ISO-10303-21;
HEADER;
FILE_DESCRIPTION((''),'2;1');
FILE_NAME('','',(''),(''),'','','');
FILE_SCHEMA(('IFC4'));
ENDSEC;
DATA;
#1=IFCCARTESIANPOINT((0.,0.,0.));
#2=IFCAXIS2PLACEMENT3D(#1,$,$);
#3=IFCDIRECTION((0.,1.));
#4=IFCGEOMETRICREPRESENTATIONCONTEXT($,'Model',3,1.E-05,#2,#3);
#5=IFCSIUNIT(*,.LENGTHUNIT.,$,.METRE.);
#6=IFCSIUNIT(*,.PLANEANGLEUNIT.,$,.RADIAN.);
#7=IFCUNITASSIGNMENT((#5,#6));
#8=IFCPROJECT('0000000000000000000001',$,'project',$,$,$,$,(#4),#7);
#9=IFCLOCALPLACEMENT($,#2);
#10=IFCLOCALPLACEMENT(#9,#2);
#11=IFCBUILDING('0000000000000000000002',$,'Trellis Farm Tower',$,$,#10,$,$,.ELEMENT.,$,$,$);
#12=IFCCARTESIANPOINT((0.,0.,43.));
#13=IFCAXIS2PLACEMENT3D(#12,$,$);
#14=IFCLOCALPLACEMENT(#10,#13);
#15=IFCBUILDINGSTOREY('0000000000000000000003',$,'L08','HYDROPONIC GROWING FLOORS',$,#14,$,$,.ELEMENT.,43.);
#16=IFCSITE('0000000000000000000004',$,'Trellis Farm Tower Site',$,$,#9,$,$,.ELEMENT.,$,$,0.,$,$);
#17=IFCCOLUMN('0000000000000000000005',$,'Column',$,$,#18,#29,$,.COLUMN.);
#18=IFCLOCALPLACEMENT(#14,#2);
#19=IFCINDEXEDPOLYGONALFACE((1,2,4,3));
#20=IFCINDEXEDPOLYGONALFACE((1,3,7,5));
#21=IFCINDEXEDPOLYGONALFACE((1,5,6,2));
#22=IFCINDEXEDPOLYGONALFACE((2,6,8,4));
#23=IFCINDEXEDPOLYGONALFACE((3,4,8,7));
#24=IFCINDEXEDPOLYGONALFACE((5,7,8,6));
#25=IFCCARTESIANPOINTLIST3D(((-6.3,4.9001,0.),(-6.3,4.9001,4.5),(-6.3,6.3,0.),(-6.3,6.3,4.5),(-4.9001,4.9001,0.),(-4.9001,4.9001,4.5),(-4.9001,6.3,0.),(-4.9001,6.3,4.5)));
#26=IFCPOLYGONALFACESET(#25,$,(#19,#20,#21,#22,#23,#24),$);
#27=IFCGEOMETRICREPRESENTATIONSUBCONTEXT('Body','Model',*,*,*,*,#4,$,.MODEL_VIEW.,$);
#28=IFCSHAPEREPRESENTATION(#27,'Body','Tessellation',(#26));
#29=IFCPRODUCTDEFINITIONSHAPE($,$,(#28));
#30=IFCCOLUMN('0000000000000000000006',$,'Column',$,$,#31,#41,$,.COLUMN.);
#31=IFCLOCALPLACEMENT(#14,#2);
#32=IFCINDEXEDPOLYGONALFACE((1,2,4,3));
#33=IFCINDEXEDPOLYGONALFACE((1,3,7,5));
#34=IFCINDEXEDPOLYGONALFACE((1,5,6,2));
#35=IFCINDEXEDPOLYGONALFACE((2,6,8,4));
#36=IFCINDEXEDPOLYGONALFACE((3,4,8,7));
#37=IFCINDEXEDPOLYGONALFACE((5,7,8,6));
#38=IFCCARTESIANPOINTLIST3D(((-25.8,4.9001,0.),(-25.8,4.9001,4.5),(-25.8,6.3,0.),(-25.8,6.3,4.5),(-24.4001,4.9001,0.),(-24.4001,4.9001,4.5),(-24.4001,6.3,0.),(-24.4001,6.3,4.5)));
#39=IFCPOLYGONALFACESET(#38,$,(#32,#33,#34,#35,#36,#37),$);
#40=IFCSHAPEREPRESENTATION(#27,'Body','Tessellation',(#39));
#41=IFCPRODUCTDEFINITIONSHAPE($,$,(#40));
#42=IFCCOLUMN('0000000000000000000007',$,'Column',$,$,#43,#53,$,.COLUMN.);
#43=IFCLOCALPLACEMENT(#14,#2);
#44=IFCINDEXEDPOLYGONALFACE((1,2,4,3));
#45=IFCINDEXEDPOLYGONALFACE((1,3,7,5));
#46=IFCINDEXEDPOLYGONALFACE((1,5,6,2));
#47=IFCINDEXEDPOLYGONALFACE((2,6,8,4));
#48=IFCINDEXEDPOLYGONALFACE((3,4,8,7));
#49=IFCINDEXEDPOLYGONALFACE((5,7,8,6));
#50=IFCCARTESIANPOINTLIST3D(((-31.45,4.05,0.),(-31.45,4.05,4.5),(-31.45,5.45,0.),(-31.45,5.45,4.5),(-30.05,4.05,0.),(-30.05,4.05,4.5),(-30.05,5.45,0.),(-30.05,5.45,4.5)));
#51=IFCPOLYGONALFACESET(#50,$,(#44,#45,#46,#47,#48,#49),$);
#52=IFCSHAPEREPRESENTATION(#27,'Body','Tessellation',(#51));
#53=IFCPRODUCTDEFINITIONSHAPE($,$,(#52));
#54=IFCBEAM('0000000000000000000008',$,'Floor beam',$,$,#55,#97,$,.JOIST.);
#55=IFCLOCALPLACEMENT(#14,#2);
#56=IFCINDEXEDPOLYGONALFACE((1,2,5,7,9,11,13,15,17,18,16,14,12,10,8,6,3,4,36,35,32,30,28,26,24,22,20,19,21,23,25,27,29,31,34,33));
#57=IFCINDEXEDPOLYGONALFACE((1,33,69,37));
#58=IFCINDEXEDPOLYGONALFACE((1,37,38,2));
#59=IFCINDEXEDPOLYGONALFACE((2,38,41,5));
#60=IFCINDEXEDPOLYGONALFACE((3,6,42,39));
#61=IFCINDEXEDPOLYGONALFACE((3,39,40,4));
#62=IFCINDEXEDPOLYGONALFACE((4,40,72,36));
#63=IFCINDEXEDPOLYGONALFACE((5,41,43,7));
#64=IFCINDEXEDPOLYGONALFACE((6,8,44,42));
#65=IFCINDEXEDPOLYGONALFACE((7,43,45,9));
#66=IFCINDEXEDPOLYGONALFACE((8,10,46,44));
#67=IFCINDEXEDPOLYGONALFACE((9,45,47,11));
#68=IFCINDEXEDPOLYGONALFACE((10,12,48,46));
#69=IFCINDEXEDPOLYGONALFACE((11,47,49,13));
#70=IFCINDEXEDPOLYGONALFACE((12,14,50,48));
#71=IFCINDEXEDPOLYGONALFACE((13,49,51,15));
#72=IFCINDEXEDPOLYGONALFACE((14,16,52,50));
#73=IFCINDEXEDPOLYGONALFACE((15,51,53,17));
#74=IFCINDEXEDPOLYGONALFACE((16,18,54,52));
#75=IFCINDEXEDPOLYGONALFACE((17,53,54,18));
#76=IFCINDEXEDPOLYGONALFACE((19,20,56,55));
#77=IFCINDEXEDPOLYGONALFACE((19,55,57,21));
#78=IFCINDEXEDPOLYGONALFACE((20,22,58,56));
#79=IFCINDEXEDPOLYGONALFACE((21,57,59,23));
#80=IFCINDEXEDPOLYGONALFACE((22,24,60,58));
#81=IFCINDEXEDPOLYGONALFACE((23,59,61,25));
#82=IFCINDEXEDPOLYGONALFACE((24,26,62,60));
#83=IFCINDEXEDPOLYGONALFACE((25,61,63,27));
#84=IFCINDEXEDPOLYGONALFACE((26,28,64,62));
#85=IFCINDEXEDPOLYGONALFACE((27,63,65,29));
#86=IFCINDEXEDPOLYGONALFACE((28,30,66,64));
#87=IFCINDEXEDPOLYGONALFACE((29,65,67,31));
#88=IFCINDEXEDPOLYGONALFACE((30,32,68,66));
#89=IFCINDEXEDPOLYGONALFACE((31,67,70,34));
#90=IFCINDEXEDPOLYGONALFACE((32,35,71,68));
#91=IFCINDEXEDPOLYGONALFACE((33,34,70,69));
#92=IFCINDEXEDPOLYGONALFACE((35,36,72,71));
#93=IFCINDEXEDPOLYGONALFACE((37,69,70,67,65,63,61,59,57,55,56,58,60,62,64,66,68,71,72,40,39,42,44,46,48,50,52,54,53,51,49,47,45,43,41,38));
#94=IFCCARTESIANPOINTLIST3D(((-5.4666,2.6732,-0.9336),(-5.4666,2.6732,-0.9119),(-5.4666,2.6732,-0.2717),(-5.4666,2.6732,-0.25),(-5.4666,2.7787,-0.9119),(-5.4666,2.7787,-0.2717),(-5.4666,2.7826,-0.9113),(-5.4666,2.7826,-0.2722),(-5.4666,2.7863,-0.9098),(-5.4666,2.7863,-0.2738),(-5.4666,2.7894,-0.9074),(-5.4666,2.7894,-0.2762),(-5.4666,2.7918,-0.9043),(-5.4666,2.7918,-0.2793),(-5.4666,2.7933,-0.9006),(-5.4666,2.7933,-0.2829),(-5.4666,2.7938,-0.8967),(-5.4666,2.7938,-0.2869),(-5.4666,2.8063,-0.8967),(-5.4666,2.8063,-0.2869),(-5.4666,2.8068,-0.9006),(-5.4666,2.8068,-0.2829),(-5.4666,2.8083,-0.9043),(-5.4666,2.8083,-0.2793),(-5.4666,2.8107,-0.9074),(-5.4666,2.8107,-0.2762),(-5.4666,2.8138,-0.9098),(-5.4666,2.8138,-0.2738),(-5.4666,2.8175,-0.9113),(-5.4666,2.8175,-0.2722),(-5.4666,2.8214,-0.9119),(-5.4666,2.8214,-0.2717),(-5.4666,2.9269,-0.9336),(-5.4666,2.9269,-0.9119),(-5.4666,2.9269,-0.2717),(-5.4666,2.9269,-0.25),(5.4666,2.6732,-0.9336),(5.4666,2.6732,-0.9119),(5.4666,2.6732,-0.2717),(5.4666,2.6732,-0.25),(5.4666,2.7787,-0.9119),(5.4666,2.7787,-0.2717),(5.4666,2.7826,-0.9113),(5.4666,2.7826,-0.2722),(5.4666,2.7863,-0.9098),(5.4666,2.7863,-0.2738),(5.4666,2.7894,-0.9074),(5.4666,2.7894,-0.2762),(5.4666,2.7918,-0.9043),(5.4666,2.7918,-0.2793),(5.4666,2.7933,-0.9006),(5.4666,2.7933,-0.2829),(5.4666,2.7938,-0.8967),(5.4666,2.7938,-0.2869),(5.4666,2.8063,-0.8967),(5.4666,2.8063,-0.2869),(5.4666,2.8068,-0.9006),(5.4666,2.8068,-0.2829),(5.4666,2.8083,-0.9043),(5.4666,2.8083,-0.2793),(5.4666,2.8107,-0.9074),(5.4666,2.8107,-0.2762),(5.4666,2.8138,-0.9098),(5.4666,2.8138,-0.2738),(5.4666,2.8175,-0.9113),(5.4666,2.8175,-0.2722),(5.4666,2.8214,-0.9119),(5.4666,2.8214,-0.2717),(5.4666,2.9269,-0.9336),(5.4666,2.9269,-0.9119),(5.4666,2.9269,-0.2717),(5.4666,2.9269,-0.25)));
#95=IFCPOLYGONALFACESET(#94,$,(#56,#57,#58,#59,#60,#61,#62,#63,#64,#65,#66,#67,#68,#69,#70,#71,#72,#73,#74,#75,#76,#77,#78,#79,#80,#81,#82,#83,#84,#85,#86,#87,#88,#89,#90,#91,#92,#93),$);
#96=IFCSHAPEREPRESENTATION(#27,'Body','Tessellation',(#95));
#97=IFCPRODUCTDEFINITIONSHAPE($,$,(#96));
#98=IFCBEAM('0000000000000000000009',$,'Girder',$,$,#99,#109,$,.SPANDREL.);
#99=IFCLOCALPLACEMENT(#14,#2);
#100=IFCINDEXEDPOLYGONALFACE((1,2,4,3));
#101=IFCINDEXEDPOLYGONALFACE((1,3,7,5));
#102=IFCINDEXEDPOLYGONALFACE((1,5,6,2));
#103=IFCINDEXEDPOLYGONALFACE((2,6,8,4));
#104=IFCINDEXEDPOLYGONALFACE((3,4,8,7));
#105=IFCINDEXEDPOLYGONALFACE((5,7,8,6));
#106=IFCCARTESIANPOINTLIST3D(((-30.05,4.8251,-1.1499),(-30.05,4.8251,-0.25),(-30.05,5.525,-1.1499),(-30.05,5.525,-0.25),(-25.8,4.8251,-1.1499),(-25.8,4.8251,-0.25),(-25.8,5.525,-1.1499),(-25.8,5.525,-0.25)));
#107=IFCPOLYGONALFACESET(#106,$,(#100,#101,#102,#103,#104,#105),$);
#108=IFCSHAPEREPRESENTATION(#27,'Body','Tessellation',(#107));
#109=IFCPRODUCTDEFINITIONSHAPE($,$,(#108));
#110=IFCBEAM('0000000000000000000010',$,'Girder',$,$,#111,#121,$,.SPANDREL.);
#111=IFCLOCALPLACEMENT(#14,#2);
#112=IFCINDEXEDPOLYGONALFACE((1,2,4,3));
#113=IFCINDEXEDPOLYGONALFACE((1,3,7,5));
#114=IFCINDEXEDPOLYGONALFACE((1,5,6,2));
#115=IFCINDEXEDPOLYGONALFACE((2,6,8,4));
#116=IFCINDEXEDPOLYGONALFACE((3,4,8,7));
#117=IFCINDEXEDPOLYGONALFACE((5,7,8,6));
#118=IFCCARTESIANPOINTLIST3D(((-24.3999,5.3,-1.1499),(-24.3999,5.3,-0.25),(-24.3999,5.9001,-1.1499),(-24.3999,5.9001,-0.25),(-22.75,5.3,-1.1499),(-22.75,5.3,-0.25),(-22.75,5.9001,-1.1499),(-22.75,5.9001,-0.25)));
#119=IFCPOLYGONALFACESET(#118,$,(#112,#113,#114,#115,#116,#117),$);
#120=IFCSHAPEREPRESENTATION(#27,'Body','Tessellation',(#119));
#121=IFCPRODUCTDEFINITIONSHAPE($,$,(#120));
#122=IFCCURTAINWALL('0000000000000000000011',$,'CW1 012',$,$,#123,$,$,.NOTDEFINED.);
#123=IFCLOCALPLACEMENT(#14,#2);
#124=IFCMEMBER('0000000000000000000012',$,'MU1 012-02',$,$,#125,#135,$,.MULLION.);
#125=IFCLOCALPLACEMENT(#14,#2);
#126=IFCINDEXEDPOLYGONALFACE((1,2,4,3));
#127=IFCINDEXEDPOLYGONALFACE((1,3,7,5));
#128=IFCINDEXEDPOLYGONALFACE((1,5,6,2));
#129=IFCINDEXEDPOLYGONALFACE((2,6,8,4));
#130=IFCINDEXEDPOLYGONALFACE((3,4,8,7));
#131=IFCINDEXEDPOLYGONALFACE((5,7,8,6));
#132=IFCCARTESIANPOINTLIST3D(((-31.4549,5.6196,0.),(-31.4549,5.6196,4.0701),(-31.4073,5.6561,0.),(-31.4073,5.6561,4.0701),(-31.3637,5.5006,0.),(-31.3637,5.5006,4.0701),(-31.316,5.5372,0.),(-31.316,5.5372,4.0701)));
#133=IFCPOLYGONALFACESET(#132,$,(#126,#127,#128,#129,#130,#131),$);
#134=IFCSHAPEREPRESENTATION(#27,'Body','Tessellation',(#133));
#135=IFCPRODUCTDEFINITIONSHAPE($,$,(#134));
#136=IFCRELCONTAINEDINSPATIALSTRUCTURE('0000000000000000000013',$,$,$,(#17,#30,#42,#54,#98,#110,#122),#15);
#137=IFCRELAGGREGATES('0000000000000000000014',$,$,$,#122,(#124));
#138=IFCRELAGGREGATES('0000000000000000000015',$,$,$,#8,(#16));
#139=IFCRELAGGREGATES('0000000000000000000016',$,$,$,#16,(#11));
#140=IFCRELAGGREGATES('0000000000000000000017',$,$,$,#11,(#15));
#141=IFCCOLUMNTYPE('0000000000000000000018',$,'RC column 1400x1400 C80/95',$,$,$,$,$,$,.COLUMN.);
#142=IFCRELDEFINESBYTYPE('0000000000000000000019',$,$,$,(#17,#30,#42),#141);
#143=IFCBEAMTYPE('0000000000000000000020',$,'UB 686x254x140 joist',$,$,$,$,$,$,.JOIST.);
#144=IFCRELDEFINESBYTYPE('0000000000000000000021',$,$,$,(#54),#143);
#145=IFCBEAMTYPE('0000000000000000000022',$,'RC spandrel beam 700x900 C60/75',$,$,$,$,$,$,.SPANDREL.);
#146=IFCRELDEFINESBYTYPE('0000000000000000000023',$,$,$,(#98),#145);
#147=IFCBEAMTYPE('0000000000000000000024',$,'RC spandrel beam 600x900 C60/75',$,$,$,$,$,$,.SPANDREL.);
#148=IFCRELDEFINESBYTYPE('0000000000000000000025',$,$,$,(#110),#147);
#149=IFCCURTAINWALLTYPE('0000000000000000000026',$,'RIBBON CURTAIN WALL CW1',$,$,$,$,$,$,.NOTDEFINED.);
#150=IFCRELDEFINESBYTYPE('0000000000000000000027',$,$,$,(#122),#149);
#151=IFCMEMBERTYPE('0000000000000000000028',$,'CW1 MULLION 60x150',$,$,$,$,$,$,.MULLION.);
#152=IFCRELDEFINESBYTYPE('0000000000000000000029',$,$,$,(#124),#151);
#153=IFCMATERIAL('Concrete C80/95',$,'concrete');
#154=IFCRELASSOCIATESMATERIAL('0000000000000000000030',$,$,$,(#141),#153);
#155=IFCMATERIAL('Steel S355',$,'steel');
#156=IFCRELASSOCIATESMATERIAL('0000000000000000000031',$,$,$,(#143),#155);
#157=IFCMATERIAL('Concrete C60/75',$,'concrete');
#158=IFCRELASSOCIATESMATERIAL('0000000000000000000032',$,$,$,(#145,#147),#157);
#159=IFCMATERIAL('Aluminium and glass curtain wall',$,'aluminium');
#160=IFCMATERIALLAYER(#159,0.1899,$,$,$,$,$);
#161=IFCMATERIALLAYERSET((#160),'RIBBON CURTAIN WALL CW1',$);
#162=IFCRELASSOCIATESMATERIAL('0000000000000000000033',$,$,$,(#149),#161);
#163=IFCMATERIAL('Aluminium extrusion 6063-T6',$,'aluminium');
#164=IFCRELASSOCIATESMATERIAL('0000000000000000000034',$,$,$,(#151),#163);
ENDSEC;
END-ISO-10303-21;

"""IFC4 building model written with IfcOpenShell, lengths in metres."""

from ifc_helpers import new_model, si_unit, direction, frame, origin, origin_2d, place, context, subcontext, project, spatial, rectangle, i_section, extrude, source, transform, mapped, material, layer, layer_set, material_profile, profile_set, type_object, element, aggregate, save


model = new_model("IFC4")

# Units and contexts
model_context = context("Model", 3, precision=1e-05, world=origin(), true_north=direction((0.0, 1.0)))
body_context = subcontext(model_context, "Body", "Model", "MODEL_VIEW")
ifc_project = project(units=[si_unit("LENGTHUNIT", "METRE"), si_unit("PLANEANGLEUNIT", "RADIAN")], contexts=[model_context])

# Site, building, storey
site_placement = place(None, origin())
site = spatial("IfcSite", under=ifc_project, at=site_placement, Name="Trellis Farm Tower Site", CompositionType="ELEMENT", RefElevation=0.0)
building_placement = place(site_placement, origin())
building = spatial("IfcBuilding", under=site, at=building_placement, Name="Trellis Farm Tower", CompositionType="ELEMENT")
storey_placement = place(building_placement, frame((0.0, 0.0, 43.0)))
storey = spatial("IfcBuildingStorey", under=building, at=storey_placement, Name="L08", Description="HYDROPONIC GROWING FLOORS", CompositionType="ELEMENT", Elevation=43.0)

# Columns
ifc_material_1 = material(Name="Concrete C80/95", Category="concrete")
ifc_material_profile_1 = material_profile(ifc_material_1, rectangle(XDim=1.3999, YDim=1.3999, at=origin_2d()), Name="RC column 1400x1400 C80/95")
ifc_profile_set_1 = profile_set([ifc_material_profile_1], Name="Concrete C80/95")
column_type = type_object("IfcColumnType", Name="RC column 1400x1400 C80/95", PredefinedType="COLUMN", material=ifc_profile_set_1)
shared_shape_1 = source(origin(), body_context, "Body", "SweptSolid", [
    extrude(rectangle(XDim=1.3999, YDim=1.3999, at=origin_2d()), origin(), (0.0, 0.0, 1.0), 4.5),
])
for number, where, z_axis, x_axis, name in (
    (1, (-5.6001, 5.6001, 0.0), (0.0, 0.0, 1.0), (1.0, 0.0, 0.0), "Column"),
    (2, (-25.1001, 5.6001, 0.0), (0.0, 0.0, 1.0), (1.0, 0.0, 0.0), "Column"),
    (3, (-30.75, 4.75, 0.0), (0.0, 0.0, 1.0), (1.0, 0.0, 0.0), "Column"),
):
    element("IfcColumn", number, at=place(storey_placement, frame(where, z_axis=z_axis, x_axis=x_axis)), inside=storey, type_object=column_type, Name=name, PredefinedType="COLUMN", context=body_context, shape_type="MappedRepresentation", body=[
        mapped(shared_shape_1, transform((0.0, 0.0, 0.0))),
    ])

# Beams
ifc_material_2 = material(Name="Steel S355", Category="steel")
ifc_material_profile_2 = material_profile(ifc_material_2, i_section(OverallWidth=0.2537, OverallDepth=0.6836, WebThickness=0.0125, FlangeThickness=0.0217, FilletRadius=0.0151, at=origin_2d()), Name="UB 686x254x140")
ifc_profile_set_2 = profile_set([ifc_material_profile_2], Name="Steel S355")
beam_type_1 = type_object("IfcBeamType", Name="UB 686x254x140 joist", PredefinedType="JOIST", material=ifc_profile_set_2)
shared_shape_2 = source(origin(), body_context, "Body", "SweptSolid", [
    extrude(i_section(OverallWidth=0.2537, OverallDepth=0.6836, WebThickness=0.0125, FlangeThickness=0.0217, FilletRadius=0.0151, at=origin_2d()), origin(), (0.0, 0.0, 1.0), 10.9331),
])
beam_1_placement = place(storey_placement, frame((-5.4666, 2.8, -0.5918), z_axis=(1.0, 0.0, 0.0), x_axis=(0.0, 1.0, 0.0)))
element("IfcBeam", 4, at=beam_1_placement, inside=storey, type_object=beam_type_1, Name="Floor beam", PredefinedType="JOIST", context=body_context, shape_type="MappedRepresentation", body=[
    mapped(shared_shape_2, transform((0.0, 0.0, 0.0))),
])
ifc_material_3 = material(Name="Concrete C60/75", Category="concrete")
ifc_material_profile_3 = material_profile(ifc_material_3, rectangle(XDim=0.7, YDim=0.8999, at=origin_2d()), Name="RC spandrel beam 700x900 C60/75")
ifc_profile_set_3 = profile_set([ifc_material_profile_3], Name="Concrete C60/75")
beam_type_2 = type_object("IfcBeamType", Name="RC spandrel beam 700x900 C60/75", PredefinedType="SPANDREL", material=ifc_profile_set_3)
shared_shape_3 = source(origin(), body_context, "Body", "SweptSolid", [
    extrude(rectangle(XDim=0.7, YDim=0.8999, at=origin_2d()), origin(), (0.0, 0.0, 1.0), 4.25),
])
beam_2_placement = place(storey_placement, frame((-30.05, 5.175, -0.7), z_axis=(1.0, 0.0, 0.0), x_axis=(0.0, 1.0, 0.0)))
element("IfcBeam", 5, at=beam_2_placement, inside=storey, type_object=beam_type_2, Name="Girder", PredefinedType="SPANDREL", context=body_context, shape_type="MappedRepresentation", body=[
    mapped(shared_shape_3, transform((0.0, 0.0, 0.0))),
])
ifc_material_profile_4 = material_profile(ifc_material_3, rectangle(XDim=0.6001, YDim=0.8999, at=origin_2d()), Name="RC spandrel beam 600x900 C60/75")
ifc_profile_set_4 = profile_set([ifc_material_profile_4], Name="Concrete C60/75")
beam_type_3 = type_object("IfcBeamType", Name="RC spandrel beam 600x900 C60/75", PredefinedType="SPANDREL", material=ifc_profile_set_4)
shared_shape_4 = source(origin(), body_context, "Body", "SweptSolid", [
    extrude(rectangle(XDim=0.6001, YDim=0.8999, at=origin_2d()), origin(), (0.0, 0.0, 1.0), 1.6499),
])
beam_3_placement = place(storey_placement, frame((-24.3999, 5.6001, -0.7), z_axis=(1.0, 0.0, 0.0), x_axis=(0.0, 1.0, 0.0)))
element("IfcBeam", 6, at=beam_3_placement, inside=storey, type_object=beam_type_3, Name="Girder", PredefinedType="SPANDREL", context=body_context, shape_type="MappedRepresentation", body=[
    mapped(shared_shape_4, transform((0.0, 0.0, 0.0))),
])

# Curtain wall, member
ifc_material_4 = material(Name="Aluminium and glass curtain wall", Category="aluminium")
ifc_layer_1 = layer(ifc_material_4, 0.1899)
ifc_layer_set_1 = layer_set([ifc_layer_1], Name="RIBBON CURTAIN WALL CW1")
curtain_wall_type = type_object("IfcCurtainWallType", Name="RIBBON CURTAIN WALL CW1", PredefinedType="NOTDEFINED", material=ifc_layer_set_1)
placement = place(storey_placement, origin())
curtain_wall = element("IfcCurtainWall", 7, at=placement, inside=storey, type_object=curtain_wall_type, Name="CW1 012", PredefinedType="NOTDEFINED")
ifc_material_5 = material(Name="Aluminium extrusion 6063-T6", Category="aluminium")
ifc_material_profile_5 = material_profile(ifc_material_5, rectangle(XDim=0.0601, YDim=0.1499, at=origin_2d()), Name="MULLION 60x150")
ifc_profile_set_5 = profile_set([ifc_material_profile_5], Name="Aluminium extrusion 6063-T6")
member_type = type_object("IfcMemberType", Name="CW1 MULLION 60x150", PredefinedType="MULLION", material=ifc_profile_set_5)
shared_shape_5 = source(origin(), body_context, "Body", "SweptSolid", [
    extrude(rectangle(XDim=0.0601, YDim=0.1499, at=origin_2d()), origin(), (0.0, 0.0, 1.0), 4.0701),
])
member_placement = place(storey_placement, frame((-31.3855, 5.5784, 0.0), z_axis=(0.0, 0.0, 1.0), x_axis=(-0.793353, -0.608761, 0.0)))
member = element("IfcMember", 8, at=member_placement, type_object=member_type, Name="MU1 012-02", PredefinedType="MULLION", context=body_context, shape_type="MappedRepresentation", body=[
    mapped(shared_shape_5, transform((0.0, 0.0, 0.0))),
])
aggregate(curtain_wall, [member])

save(model, "model.ifc")
